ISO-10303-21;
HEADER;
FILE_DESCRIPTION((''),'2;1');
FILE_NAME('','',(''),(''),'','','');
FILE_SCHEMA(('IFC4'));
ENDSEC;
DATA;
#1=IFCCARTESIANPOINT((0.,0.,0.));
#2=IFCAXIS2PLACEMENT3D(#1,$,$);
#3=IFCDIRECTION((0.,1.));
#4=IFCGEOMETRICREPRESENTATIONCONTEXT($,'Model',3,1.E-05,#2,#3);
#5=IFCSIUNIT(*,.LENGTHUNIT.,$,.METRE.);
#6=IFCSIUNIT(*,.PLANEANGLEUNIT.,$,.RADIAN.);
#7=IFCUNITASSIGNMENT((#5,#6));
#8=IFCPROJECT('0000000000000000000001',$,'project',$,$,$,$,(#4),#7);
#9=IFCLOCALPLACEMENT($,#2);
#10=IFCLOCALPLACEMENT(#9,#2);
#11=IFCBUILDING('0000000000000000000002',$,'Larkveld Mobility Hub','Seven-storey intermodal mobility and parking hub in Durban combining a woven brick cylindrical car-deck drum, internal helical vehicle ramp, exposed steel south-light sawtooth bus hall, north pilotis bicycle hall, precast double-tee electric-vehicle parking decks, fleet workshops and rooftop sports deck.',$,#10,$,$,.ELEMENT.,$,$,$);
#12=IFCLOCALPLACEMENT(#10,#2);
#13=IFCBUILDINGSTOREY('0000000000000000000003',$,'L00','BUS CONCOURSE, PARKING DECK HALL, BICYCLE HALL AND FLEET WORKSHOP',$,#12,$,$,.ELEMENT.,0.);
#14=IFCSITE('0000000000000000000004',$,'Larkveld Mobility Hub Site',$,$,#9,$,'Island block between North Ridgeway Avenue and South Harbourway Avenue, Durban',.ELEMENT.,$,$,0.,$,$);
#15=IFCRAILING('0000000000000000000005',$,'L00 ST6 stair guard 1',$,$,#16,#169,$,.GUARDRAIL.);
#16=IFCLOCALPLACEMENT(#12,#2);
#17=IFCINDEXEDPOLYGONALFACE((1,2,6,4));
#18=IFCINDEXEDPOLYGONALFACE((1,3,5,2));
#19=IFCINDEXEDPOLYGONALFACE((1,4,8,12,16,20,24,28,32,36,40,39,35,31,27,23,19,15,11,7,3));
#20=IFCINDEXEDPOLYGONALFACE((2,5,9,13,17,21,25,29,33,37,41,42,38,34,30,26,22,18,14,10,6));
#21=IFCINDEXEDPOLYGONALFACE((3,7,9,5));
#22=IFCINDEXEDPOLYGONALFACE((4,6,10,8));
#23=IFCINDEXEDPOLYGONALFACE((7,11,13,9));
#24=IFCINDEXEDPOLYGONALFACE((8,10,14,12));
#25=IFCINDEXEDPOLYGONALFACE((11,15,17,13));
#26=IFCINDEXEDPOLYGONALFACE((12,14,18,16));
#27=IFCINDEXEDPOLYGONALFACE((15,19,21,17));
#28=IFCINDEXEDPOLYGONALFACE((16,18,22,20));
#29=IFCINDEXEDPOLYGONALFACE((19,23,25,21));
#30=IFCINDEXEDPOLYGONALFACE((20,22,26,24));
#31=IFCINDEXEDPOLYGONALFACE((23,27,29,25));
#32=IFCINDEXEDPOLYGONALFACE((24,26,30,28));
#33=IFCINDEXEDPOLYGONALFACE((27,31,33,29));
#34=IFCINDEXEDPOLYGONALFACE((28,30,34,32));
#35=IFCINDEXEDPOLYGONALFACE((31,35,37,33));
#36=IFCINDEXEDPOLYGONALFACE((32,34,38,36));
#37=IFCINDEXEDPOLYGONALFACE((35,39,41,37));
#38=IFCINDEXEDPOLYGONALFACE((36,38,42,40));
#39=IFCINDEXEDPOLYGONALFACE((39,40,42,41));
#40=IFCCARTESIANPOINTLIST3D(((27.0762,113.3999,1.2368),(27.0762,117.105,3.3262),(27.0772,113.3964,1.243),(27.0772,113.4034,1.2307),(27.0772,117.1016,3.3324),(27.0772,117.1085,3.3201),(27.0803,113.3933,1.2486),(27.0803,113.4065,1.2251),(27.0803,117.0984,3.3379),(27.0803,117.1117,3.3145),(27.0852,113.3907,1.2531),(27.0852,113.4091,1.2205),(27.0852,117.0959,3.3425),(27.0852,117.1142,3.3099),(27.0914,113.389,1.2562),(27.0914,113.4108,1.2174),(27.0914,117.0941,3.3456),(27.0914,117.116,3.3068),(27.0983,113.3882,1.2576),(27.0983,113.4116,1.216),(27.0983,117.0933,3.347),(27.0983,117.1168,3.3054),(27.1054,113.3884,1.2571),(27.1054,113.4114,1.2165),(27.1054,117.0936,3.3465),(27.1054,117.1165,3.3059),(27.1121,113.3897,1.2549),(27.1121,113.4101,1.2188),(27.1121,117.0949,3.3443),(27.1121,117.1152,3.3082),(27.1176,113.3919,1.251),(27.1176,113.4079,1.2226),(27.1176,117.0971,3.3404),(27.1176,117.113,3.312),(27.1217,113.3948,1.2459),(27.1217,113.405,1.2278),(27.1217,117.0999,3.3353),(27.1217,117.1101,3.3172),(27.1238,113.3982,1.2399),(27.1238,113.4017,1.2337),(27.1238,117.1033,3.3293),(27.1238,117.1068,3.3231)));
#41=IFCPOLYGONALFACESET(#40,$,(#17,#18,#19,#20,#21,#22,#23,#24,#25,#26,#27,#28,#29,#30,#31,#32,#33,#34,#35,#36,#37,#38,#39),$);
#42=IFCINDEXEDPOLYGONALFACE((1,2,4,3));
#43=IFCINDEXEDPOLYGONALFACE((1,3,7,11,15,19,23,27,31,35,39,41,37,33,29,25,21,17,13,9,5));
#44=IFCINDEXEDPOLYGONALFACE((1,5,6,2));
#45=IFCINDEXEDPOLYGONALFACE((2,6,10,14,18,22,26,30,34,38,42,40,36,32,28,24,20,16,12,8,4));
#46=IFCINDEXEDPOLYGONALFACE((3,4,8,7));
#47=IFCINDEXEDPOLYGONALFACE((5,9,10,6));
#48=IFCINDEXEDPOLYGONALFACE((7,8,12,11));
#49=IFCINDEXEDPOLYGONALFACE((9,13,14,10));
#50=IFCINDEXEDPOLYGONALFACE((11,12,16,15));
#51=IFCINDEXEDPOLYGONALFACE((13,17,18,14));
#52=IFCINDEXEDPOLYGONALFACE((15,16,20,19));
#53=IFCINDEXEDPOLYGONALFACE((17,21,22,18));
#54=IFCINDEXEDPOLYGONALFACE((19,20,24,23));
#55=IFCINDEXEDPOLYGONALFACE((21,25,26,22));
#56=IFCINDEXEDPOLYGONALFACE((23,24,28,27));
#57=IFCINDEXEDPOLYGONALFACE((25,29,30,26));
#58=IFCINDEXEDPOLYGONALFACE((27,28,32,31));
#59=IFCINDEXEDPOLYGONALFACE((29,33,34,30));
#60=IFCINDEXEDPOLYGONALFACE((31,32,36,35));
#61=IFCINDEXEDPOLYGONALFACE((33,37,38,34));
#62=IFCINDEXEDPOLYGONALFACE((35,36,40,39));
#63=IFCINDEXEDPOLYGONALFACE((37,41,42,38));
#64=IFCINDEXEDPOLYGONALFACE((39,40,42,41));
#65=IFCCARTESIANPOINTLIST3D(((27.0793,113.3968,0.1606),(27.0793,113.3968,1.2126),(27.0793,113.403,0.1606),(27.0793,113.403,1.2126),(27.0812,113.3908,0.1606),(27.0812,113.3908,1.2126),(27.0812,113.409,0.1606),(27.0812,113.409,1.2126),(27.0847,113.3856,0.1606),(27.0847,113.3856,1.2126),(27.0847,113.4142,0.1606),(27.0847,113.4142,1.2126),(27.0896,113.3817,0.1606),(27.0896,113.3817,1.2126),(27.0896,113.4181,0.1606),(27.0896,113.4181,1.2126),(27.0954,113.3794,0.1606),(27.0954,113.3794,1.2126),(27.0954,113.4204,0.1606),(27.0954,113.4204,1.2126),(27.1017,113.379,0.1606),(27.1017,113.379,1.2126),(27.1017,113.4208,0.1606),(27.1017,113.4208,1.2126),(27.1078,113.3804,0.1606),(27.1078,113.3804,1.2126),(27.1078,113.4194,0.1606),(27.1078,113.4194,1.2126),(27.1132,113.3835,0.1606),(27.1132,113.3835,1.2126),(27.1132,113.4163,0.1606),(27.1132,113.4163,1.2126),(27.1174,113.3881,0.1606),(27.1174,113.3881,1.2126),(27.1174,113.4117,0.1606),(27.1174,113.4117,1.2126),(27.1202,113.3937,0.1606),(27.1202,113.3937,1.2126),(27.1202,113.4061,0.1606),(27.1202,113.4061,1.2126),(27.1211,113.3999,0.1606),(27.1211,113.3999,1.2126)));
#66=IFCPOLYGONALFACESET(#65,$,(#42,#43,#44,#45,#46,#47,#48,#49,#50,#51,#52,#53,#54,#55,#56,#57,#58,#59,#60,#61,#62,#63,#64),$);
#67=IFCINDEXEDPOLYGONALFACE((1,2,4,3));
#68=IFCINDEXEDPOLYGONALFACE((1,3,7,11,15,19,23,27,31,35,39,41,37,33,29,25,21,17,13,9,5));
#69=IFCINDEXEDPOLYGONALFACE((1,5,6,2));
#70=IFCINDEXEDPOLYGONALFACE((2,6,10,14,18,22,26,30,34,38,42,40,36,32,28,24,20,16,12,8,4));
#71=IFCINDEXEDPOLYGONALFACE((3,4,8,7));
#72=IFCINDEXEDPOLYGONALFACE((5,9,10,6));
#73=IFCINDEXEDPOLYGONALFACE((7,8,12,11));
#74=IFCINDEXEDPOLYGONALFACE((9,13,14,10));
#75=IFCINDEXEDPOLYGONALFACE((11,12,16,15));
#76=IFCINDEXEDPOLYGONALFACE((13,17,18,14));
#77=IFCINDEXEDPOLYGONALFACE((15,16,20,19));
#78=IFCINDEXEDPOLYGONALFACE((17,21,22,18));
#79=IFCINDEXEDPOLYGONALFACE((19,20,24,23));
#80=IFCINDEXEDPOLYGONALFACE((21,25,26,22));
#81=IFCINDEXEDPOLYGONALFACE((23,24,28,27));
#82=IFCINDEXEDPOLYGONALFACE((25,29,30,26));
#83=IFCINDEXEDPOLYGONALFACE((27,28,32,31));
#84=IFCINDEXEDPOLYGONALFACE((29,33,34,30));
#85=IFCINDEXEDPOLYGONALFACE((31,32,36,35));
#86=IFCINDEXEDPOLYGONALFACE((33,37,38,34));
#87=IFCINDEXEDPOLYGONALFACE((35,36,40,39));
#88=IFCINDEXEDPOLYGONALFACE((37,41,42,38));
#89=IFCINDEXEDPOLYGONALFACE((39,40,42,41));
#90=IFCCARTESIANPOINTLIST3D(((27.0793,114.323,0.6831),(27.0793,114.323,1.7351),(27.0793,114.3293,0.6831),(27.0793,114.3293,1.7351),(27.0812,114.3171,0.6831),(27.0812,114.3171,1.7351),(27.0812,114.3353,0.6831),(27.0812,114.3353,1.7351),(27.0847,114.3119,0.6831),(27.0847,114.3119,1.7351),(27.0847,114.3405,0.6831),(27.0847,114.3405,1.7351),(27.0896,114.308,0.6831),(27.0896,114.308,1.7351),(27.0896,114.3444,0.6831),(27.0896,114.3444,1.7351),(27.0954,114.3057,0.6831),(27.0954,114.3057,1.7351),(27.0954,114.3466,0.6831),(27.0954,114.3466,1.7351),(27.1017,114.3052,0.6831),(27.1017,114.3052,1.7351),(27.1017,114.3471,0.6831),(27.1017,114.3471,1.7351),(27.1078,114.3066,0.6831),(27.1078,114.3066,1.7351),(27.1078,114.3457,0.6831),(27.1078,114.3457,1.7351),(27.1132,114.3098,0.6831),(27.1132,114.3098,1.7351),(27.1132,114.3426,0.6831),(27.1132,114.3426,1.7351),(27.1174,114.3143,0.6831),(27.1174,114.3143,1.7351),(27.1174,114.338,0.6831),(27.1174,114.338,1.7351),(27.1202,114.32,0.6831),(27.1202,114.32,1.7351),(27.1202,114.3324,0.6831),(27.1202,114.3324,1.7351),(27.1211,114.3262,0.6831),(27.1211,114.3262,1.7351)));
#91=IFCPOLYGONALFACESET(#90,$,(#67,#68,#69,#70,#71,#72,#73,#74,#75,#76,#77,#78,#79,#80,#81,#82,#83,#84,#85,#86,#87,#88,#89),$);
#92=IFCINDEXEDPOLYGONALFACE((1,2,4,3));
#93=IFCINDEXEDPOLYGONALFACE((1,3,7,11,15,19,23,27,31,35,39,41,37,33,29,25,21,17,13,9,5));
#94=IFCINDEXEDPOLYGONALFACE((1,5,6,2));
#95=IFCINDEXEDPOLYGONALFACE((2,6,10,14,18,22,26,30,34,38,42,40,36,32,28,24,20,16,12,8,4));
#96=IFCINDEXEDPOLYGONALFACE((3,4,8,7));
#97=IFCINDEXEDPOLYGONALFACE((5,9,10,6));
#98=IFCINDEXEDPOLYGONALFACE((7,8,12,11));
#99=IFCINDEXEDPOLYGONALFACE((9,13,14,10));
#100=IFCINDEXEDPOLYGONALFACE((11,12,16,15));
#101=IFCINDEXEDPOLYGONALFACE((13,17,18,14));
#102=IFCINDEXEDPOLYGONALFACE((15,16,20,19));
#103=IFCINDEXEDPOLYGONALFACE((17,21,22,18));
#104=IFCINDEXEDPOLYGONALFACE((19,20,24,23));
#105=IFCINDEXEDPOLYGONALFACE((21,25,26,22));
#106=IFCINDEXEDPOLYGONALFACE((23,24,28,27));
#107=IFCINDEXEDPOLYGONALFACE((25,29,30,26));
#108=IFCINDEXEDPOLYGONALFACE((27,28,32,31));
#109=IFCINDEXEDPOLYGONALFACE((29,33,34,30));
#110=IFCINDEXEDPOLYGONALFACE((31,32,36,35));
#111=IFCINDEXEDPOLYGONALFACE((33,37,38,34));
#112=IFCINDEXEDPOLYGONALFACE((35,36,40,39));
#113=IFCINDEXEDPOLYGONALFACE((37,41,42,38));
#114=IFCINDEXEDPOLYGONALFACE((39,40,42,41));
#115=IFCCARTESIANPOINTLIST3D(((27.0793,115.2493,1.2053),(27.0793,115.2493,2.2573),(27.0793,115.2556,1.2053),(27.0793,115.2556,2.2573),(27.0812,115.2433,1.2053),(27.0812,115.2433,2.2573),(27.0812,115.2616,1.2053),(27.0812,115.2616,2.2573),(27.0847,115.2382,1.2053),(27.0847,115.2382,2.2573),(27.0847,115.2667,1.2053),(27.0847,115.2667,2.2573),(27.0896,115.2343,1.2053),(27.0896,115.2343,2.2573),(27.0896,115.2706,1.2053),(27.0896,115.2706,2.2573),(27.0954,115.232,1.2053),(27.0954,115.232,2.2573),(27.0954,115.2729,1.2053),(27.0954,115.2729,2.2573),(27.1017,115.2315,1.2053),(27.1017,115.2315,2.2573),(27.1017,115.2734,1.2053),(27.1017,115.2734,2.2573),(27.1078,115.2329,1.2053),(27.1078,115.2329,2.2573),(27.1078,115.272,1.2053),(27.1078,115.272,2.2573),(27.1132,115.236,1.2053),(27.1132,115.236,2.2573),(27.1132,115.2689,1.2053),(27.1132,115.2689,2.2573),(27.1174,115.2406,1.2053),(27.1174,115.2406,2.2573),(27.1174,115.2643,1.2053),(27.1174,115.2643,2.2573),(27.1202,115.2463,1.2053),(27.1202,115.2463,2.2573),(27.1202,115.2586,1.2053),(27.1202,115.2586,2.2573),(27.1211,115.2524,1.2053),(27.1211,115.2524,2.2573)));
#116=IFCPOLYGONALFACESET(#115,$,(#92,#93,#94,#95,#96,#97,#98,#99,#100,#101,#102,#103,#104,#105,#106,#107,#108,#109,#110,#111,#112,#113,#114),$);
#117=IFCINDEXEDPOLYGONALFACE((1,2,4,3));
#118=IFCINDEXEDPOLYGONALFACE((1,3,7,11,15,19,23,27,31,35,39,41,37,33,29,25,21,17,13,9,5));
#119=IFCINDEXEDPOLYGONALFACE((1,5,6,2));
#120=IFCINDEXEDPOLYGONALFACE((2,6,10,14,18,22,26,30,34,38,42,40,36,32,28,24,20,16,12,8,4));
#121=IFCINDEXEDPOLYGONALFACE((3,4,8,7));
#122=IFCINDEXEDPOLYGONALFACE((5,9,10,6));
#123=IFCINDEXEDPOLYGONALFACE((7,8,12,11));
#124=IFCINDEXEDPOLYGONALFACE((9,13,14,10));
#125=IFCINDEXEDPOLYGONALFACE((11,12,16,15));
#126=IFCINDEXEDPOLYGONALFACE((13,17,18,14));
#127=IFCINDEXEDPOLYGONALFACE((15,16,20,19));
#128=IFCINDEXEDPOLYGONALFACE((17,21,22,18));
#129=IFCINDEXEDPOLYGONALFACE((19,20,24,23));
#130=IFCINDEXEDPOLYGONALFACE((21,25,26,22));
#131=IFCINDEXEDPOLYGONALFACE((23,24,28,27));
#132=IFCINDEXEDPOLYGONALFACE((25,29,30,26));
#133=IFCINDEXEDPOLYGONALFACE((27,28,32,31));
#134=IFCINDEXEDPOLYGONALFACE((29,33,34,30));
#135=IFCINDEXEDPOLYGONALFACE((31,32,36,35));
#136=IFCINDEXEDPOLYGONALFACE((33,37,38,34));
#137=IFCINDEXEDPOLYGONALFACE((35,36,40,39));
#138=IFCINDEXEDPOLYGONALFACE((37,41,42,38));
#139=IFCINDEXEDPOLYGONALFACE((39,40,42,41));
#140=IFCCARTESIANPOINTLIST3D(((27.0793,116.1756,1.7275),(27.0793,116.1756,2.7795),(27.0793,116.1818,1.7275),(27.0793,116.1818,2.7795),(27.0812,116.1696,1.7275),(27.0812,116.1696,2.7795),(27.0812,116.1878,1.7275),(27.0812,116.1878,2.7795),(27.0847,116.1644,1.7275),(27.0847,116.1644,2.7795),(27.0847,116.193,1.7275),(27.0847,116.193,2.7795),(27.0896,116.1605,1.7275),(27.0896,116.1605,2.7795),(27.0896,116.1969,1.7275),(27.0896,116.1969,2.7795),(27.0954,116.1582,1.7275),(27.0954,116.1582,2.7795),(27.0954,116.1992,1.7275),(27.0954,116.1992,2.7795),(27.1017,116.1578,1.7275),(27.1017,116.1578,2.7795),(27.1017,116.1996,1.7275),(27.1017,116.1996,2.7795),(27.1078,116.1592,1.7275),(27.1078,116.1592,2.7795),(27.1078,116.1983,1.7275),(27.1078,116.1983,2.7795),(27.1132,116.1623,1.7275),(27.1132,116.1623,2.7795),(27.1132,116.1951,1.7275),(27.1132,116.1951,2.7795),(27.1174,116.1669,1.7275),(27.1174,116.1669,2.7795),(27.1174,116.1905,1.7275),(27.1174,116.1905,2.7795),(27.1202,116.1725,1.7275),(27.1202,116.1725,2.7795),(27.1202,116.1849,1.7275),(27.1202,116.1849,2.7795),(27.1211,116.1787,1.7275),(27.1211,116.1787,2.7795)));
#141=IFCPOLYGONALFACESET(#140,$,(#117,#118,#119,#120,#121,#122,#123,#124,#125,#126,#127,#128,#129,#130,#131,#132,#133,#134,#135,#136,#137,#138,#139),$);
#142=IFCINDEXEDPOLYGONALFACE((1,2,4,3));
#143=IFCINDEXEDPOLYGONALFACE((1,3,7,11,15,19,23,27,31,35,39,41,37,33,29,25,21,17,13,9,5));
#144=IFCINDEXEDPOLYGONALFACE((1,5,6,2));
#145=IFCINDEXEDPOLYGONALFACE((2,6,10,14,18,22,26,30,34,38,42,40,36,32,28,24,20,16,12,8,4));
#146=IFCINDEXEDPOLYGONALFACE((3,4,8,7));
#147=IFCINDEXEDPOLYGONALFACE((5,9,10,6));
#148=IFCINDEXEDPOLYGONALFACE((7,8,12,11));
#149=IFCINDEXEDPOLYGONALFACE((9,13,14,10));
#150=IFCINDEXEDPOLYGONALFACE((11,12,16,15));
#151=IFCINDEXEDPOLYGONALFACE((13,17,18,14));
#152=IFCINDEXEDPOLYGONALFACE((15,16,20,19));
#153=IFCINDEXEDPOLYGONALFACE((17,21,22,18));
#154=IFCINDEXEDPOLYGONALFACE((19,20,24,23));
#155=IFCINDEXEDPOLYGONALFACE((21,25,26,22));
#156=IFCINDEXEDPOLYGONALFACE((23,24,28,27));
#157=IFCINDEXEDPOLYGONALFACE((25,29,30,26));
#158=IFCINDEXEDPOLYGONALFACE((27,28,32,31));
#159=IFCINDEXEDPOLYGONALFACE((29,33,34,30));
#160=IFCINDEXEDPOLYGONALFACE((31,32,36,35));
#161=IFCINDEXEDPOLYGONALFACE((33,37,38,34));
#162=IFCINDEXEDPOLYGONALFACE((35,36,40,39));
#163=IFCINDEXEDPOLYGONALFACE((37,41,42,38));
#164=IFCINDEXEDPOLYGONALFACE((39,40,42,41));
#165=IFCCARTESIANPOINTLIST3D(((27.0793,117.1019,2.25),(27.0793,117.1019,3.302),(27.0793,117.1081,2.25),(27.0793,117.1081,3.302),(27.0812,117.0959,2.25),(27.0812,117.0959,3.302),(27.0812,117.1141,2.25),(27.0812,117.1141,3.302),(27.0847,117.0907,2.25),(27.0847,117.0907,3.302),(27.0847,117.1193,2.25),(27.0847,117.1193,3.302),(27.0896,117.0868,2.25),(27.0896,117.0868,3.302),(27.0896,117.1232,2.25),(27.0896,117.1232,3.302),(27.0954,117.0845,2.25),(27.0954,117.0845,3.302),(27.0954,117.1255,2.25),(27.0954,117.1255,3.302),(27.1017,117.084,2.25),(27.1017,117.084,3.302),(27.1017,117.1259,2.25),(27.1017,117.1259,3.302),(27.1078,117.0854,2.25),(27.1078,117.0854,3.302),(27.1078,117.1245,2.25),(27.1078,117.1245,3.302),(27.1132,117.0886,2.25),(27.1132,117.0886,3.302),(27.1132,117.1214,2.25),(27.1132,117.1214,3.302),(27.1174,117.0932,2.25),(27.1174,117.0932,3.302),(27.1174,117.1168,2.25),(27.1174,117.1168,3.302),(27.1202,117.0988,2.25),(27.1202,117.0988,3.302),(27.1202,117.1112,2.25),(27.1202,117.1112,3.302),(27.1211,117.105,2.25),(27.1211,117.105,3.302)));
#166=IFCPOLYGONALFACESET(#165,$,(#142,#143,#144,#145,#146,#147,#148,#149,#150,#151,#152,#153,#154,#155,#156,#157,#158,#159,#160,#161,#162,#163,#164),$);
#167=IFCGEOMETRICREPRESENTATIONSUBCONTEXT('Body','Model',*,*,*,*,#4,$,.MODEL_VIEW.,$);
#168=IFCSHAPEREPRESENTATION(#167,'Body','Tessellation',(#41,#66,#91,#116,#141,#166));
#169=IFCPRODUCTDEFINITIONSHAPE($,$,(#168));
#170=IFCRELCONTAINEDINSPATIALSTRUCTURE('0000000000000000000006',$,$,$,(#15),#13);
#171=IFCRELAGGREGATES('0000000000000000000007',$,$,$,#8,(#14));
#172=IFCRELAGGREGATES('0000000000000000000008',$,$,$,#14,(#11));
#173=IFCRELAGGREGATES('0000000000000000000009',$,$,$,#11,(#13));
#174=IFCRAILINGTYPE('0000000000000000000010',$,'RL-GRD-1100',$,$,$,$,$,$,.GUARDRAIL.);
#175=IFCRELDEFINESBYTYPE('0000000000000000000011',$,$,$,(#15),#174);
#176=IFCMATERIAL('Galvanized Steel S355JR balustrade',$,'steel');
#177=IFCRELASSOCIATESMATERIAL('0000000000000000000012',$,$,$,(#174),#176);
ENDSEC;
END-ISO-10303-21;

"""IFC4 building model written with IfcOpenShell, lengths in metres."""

from ifc_helpers import new_model, si_unit, direction, frame, origin, origin_2d, place, context, subcontext, project, spatial, circle, extrude, material, type_object, element, save


model = new_model("IFC4")

# Units and contexts
model_context = context("Model", 3, precision=1e-05, world=origin(), true_north=direction((0.0, 1.0)))
body_context = subcontext(model_context, "Body", "Model", "MODEL_VIEW")
ifc_project = project(units=[si_unit("LENGTHUNIT", "METRE"), si_unit("PLANEANGLEUNIT", "RADIAN")], contexts=[model_context])

# Site, building, storey
site_placement = place(None, origin())
site = spatial("IfcSite", under=ifc_project, at=site_placement, Name="Larkveld Mobility Hub Site", LongName="Island block between North Ridgeway Avenue and South Harbourway Avenue, Durban", CompositionType="ELEMENT", RefElevation=0.0)
building_placement = place(site_placement, origin())
building = spatial("IfcBuilding", under=site, at=building_placement, Name="Larkveld Mobility Hub", Description="Seven-storey intermodal mobility and parking hub in Durban combining a woven brick cylindrical car-deck drum, internal helical vehicle ramp, exposed steel south-light sawtooth bus hall, north pilotis bicycle hall, precast double-tee electric-vehicle parking decks, fleet workshops and rooftop sports deck.", CompositionType="ELEMENT")
storey_placement = place(building_placement, origin())
storey = spatial("IfcBuildingStorey", under=building, at=storey_placement, Name="L00", Description="BUS CONCOURSE, PARKING DECK HALL, BICYCLE HALL AND FLEET WORKSHOP", CompositionType="ELEMENT", Elevation=0.0)

# Railing
ifc_material_1 = material(Name="Galvanized Steel S355JR balustrade", Category="steel")
railing_type_1 = type_object("IfcRailingType", Name="RL-GRD-1100", PredefinedType="GUARDRAIL", material=ifc_material_1)
railing_1_placement = place(storey_placement, frame((27.1001, 113.3999, 0.1606)))
element("IfcRailing", 1, at=railing_1_placement, inside=storey, type_object=railing_type_1, Name="L00 ST6 stair guard 1", PredefinedType="GUARDRAIL", context=body_context, shape_type="SweptSolid", body=[
    extrude(circle(Radius=0.0239, at=origin_2d()), frame((0.0, 0.0, 1.0762), z_axis=(0.0, 0.871048, 0.491198), x_axis=(-1.0, 0.0, 0.0)), (0.0, 0.0, 1.0), 4.2537),
    extrude(circle(Radius=0.021, at=origin_2d()), origin(), (0.0, 0.0, 1.0), 1.052),
    extrude(circle(Radius=0.021, at=origin_2d()), frame((0.0, 0.9263, 0.5225)), (0.0, 0.0, 1.0), 1.052),
    extrude(circle(Radius=0.021, at=origin_2d()), frame((0.0, 1.8525, 1.0447)), (0.0, 0.0, 1.0), 1.052),
    extrude(circle(Radius=0.021, at=origin_2d()), frame((0.0, 2.7788, 1.5669)), (0.0, 0.0, 1.0), 1.052),
    extrude(circle(Radius=0.021, at=origin_2d()), frame((0.0, 3.7051, 2.0894)), (0.0, 0.0, 1.0), 1.052),
])

save(model, "model.ifc")
